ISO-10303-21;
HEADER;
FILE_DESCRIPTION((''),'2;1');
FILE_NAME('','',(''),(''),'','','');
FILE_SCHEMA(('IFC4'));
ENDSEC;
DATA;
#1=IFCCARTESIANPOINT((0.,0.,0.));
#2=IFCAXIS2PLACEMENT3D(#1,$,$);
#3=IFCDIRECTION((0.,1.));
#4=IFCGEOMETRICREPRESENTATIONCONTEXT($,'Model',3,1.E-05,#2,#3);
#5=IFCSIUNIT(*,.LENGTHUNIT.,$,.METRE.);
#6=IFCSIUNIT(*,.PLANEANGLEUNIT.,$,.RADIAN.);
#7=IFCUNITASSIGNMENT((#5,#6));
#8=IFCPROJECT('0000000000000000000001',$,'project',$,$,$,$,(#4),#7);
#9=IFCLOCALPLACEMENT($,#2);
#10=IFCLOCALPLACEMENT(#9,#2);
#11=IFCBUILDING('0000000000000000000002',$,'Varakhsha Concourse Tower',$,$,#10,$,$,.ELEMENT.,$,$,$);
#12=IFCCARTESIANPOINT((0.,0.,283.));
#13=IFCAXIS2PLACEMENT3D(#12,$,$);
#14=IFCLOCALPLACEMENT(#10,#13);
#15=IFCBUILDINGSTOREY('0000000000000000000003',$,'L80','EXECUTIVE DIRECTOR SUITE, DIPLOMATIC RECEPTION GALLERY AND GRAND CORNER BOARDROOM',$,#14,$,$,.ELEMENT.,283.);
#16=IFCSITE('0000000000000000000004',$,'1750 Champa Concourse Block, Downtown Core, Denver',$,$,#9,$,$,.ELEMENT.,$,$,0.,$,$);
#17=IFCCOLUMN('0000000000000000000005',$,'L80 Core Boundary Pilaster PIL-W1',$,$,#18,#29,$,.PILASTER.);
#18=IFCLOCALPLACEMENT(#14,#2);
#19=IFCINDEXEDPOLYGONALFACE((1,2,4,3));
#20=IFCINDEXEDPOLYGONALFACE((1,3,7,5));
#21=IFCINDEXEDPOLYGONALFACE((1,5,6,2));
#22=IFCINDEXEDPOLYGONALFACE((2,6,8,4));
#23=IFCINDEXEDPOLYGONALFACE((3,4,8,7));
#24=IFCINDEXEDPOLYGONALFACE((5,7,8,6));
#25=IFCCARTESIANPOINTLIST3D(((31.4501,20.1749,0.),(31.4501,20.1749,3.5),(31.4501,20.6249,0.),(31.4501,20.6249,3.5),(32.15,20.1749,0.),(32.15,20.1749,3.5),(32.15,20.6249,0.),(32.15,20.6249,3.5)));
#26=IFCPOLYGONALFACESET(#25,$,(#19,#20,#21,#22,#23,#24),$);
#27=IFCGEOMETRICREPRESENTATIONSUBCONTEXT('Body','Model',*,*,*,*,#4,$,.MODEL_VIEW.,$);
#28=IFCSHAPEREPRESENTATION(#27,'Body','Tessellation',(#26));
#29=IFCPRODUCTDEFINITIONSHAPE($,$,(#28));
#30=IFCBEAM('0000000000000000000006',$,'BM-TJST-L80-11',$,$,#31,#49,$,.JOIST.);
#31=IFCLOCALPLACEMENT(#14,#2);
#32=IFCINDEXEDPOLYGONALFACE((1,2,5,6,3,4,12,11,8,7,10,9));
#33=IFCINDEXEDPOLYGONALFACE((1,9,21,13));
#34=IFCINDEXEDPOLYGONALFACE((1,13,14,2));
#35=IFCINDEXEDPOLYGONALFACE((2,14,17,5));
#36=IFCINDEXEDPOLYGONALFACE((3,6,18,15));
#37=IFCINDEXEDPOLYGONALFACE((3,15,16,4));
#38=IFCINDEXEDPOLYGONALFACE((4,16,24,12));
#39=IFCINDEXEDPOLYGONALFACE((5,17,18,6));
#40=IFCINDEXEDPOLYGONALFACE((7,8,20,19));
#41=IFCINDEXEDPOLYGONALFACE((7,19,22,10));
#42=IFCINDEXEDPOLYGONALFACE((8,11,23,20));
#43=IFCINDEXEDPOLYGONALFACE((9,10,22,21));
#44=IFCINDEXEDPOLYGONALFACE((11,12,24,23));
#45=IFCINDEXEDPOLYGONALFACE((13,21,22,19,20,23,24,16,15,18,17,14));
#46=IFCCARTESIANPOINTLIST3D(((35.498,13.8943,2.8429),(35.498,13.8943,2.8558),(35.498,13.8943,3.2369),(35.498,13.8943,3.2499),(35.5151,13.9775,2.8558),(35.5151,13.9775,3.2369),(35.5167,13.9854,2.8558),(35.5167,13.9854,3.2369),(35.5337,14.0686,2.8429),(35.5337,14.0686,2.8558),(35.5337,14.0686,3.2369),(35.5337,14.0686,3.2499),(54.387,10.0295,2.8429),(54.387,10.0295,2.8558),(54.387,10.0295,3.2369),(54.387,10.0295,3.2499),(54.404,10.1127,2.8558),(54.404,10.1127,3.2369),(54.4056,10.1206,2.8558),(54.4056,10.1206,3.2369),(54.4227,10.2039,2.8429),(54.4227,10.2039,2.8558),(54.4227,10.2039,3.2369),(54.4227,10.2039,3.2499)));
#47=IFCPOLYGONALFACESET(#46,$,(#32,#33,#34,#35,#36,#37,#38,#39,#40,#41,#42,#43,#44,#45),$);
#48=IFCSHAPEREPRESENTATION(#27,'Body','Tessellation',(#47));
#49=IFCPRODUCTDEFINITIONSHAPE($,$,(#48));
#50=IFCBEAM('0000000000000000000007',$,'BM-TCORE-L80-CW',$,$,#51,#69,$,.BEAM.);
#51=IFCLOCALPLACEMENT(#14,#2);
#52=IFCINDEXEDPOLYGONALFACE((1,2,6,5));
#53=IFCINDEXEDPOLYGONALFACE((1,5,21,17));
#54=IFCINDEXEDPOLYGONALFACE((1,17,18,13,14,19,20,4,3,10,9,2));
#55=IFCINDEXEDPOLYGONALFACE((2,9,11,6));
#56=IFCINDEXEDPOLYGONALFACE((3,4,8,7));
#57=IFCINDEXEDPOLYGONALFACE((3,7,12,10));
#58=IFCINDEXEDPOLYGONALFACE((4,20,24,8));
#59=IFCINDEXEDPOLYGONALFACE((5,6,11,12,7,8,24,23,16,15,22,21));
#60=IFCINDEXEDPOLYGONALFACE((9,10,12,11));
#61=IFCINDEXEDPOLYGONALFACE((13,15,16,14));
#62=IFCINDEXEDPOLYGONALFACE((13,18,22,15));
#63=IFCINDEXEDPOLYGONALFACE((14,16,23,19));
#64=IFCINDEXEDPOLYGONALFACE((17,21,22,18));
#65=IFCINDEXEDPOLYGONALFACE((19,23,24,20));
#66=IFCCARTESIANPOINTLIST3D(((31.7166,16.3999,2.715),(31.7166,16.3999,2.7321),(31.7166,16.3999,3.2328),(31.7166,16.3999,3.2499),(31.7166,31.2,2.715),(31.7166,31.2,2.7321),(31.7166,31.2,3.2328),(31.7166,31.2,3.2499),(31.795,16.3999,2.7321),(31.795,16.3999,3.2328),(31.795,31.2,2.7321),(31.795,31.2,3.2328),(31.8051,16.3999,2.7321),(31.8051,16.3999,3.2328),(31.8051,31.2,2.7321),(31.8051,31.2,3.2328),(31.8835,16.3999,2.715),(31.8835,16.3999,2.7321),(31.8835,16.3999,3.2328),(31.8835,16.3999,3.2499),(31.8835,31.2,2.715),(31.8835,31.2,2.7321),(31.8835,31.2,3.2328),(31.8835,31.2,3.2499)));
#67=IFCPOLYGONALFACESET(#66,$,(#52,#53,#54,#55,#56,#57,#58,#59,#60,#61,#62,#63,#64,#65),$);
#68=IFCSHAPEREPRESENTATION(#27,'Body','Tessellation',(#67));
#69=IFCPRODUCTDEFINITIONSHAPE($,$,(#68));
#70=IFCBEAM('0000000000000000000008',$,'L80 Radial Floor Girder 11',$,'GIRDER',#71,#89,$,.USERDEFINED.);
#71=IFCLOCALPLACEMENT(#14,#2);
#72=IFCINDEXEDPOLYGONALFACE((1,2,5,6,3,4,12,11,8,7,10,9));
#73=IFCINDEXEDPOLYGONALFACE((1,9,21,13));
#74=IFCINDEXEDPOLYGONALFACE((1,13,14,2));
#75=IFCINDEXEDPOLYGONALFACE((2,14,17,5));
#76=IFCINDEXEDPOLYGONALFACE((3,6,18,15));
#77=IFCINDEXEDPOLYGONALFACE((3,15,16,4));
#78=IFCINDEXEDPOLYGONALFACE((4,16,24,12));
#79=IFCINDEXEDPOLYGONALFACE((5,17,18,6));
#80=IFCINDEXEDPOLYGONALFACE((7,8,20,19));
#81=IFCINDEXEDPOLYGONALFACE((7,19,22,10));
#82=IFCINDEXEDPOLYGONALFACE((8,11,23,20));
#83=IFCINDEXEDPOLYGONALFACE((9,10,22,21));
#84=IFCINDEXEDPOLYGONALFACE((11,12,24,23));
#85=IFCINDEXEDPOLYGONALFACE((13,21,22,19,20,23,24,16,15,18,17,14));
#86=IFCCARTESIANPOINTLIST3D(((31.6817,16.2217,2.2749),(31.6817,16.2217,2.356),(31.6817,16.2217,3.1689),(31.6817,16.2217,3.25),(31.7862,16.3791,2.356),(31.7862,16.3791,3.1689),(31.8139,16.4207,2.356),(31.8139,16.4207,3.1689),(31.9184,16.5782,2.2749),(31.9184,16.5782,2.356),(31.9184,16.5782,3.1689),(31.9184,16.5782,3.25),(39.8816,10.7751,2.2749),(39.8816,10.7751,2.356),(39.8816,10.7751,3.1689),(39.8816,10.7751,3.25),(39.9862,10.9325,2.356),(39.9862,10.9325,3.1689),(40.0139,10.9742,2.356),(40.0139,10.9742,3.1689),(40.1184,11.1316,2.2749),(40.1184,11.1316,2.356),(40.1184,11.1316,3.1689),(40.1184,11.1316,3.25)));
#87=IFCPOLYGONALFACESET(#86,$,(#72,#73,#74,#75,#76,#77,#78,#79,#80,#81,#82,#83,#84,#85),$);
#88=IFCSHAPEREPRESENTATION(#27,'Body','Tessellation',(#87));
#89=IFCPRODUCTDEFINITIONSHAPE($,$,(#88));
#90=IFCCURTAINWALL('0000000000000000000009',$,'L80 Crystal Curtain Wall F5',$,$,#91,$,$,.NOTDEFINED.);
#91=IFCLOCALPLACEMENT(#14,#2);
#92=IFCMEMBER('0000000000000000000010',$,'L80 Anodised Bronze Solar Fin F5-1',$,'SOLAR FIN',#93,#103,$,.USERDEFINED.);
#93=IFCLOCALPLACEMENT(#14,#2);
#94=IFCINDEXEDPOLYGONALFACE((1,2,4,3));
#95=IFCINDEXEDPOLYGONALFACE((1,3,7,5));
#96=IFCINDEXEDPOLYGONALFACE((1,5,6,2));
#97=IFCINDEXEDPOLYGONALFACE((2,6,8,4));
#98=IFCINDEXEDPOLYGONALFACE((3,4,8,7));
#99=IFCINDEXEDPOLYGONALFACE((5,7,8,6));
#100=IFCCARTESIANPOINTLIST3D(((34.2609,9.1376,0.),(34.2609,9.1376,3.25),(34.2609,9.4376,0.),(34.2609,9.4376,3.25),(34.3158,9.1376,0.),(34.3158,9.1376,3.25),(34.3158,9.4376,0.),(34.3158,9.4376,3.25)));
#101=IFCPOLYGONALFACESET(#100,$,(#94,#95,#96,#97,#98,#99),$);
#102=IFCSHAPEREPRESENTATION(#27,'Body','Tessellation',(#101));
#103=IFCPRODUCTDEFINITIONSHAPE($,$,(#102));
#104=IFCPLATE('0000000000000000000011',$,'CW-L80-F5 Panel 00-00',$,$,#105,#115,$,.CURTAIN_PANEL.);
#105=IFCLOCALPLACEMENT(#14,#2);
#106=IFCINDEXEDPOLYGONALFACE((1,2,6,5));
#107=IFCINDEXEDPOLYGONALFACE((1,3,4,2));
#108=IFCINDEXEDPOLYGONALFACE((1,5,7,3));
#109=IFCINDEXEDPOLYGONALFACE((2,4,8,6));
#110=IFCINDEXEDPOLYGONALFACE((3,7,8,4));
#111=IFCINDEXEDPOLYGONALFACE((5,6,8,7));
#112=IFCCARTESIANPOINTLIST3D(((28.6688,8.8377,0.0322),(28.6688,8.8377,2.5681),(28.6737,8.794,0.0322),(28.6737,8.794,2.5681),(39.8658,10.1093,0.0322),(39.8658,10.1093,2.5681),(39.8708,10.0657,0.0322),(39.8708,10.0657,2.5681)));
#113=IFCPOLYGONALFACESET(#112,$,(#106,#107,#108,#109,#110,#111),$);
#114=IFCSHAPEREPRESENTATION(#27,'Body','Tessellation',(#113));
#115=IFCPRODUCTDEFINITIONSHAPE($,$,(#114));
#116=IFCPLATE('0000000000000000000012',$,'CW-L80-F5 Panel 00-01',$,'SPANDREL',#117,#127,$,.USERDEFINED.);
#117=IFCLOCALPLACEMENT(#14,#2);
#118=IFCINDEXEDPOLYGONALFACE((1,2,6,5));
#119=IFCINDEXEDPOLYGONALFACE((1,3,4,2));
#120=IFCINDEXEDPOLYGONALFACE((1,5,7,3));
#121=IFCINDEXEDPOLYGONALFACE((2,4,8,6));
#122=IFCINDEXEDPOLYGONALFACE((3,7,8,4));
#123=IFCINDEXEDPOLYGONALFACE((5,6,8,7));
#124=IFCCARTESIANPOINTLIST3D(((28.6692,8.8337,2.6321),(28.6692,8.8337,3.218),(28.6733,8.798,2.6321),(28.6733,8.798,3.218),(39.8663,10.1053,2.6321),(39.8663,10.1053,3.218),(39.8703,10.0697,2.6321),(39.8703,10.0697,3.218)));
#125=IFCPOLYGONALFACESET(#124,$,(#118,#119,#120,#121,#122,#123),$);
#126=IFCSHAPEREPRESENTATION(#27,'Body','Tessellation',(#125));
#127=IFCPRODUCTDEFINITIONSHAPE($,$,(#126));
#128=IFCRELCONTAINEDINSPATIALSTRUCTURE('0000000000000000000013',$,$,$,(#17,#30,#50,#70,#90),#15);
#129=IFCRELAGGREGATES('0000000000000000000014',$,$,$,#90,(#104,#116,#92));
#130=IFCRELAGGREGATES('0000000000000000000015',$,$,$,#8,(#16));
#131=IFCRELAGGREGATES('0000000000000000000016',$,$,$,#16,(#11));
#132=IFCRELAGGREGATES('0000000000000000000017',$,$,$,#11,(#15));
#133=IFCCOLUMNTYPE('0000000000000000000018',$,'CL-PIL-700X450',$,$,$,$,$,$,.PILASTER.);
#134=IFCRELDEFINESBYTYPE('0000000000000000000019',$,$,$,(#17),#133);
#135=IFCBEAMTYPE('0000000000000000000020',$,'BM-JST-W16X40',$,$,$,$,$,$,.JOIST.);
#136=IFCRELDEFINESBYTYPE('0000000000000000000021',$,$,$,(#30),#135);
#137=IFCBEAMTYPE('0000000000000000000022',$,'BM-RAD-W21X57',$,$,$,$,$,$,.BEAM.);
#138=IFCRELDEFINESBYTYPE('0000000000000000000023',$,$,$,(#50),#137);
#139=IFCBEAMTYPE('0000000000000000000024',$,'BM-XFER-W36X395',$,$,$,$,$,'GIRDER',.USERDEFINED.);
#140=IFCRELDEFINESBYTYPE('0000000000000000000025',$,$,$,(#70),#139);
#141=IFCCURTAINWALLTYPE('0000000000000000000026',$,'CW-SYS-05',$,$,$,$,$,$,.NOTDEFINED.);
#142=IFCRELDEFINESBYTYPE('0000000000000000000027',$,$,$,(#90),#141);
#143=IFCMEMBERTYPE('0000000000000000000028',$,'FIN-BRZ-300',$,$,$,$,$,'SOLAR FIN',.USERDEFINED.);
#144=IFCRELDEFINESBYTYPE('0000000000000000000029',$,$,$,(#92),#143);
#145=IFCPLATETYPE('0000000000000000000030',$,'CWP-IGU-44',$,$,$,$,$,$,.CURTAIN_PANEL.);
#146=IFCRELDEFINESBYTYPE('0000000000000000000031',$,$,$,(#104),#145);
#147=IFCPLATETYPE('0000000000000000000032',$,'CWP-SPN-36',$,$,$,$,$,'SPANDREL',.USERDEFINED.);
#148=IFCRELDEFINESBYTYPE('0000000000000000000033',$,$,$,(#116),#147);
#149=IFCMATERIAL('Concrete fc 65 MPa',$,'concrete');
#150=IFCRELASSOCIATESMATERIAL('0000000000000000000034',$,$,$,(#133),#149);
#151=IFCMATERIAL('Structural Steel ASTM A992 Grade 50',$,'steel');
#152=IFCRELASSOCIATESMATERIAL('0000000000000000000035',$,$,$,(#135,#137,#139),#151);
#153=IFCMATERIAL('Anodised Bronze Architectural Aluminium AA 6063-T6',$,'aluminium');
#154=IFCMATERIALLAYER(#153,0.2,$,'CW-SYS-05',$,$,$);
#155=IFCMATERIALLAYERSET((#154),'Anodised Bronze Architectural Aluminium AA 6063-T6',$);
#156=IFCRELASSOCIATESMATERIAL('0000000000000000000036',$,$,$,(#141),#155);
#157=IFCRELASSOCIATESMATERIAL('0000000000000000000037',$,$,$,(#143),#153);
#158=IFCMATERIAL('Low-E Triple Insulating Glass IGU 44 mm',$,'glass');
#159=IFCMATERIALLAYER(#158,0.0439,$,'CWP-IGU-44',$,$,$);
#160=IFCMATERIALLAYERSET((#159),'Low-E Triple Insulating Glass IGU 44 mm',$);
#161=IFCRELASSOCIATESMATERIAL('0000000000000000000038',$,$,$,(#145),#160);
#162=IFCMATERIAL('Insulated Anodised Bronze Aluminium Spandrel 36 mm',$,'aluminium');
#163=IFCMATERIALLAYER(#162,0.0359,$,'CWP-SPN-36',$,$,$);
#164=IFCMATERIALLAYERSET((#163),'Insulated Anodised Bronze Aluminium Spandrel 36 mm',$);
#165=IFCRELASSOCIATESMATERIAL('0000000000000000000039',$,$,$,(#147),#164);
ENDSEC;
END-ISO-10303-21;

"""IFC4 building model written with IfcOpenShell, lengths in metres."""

from ifc_helpers import new_model, si_unit, direction, frame, origin, origin_2d, place, context, subcontext, project, spatial, rectangle, i_section, extrude, source, transform, mapped, material, layer, layer_set, material_profile, profile_set, type_object, type_shapes, element, aggregate, save


model = new_model("IFC4")

# Units and contexts
model_context = context("Model", 3, precision=1e-05, world=origin(), true_north=direction((0.0, 1.0)))
body_context = subcontext(model_context, "Body", "Model", "MODEL_VIEW")
ifc_project = project(units=[si_unit("LENGTHUNIT", "METRE"), si_unit("PLANEANGLEUNIT", "RADIAN")], contexts=[model_context])

# Site, building, storey
site_placement = place(None, origin())
site = spatial("IfcSite", under=ifc_project, at=site_placement, Name="1750 Champa Concourse Block, Downtown Core, Denver", CompositionType="ELEMENT", RefElevation=0.0)
building_placement = place(site_placement, origin())
building = spatial("IfcBuilding", under=site, at=building_placement, Name="Varakhsha Concourse Tower", CompositionType="ELEMENT")
storey_placement = place(building_placement, frame((0.0, 0.0, 283.0)))
storey = spatial("IfcBuildingStorey", under=building, at=storey_placement, Name="L80", Description="EXECUTIVE DIRECTOR SUITE, DIPLOMATIC RECEPTION GALLERY AND GRAND CORNER BOARDROOM", CompositionType="ELEMENT", Elevation=283.0)

# Column
ifc_material_1 = material(Name="Concrete fc 65 MPa", Category="concrete")
ifc_material_profile_1 = material_profile(ifc_material_1, rectangle(XDim=0.7, YDim=0.45, at=origin_2d()), Name="RC 700x450")
ifc_profile_set_1 = profile_set([ifc_material_profile_1], Name="Concrete fc 65 MPa")
column_type = type_object("IfcColumnType", Name="CL-PIL-700X450", PredefinedType="PILASTER", material=ifc_profile_set_1)
column_placement = place(storey_placement, frame((31.8, 20.3999, 0.0), z_axis=(0.0, 0.0, 1.0), x_axis=(1.0, 0.0, 0.0)))
element("IfcColumn", 1, at=column_placement, inside=storey, type_object=column_type, Name="L80 Core Boundary Pilaster PIL-W1", PredefinedType="PILASTER", context=body_context, shape_type="SweptSolid", body=[
    extrude(rectangle(XDim=0.7, YDim=0.45, at=origin_2d()), origin(), (0.0, 0.0, 1.0), 3.5),
])

# Beams
ifc_material_2 = material(Name="Structural Steel ASTM A992 Grade 50", Category="steel")
ifc_material_profile_2 = material_profile(ifc_material_2, i_section(OverallWidth=0.178, OverallDepth=0.407, WebThickness=0.0081, FlangeThickness=0.0129, at=origin_2d()), Name="W16X40")
ifc_profile_set_2 = profile_set([ifc_material_profile_2], Name="Structural Steel ASTM A992 Grade 50")
beam_type_1 = type_object("IfcBeamType", Name="BM-JST-W16X40", PredefinedType="JOIST", material=ifc_profile_set_2)
beam_1_placement = place(storey_placement, frame((35.5159, 13.9814, 3.0464), z_axis=(0.979704, -0.200451, 0.0), x_axis=(0.200451, 0.979704, 0.0)))
element("IfcBeam", 2, at=beam_1_placement, inside=storey, type_object=beam_type_1, Name="BM-TJST-L80-11", PredefinedType="JOIST", context=body_context, shape_type="SweptSolid", body=[
    extrude(i_section(OverallWidth=0.178, OverallDepth=0.407, WebThickness=0.0081, FlangeThickness=0.0129, at=origin_2d()), origin(), (0.0, 0.0, 1.0), 19.2803),
])
ifc_material_profile_3 = material_profile(ifc_material_2, i_section(OverallWidth=0.167, OverallDepth=0.5349, WebThickness=0.01, FlangeThickness=0.0171, at=origin_2d()), Name="W21X57")
ifc_profile_set_3 = profile_set([ifc_material_profile_3], Name="Structural Steel ASTM A992 Grade 50")
beam_type_2 = type_object("IfcBeamType", Name="BM-RAD-W21X57", PredefinedType="BEAM", material=ifc_profile_set_3)
beam_2_placement = place(storey_placement, frame((31.8, 16.3999, 2.9824), z_axis=(0.0, 1.0, 0.0), x_axis=(-1.0, 0.0, 0.0)))
element("IfcBeam", 3, at=beam_2_placement, inside=storey, type_object=beam_type_2, Name="BM-TCORE-L80-CW", PredefinedType="BEAM", context=body_context, shape_type="SweptSolid", body=[
    extrude(i_section(OverallWidth=0.167, OverallDepth=0.5349, WebThickness=0.01, FlangeThickness=0.0171, at=origin_2d()), origin(), (0.0, 0.0, 1.0), 14.8),
])
ifc_material_profile_4 = material_profile(ifc_material_2, i_section(OverallWidth=0.428, OverallDepth=0.9751, WebThickness=0.05, FlangeThickness=0.0811, at=origin_2d()), Name="W36X395")
ifc_profile_set_4 = profile_set([ifc_material_profile_4], Name="Structural Steel ASTM A992 Grade 50")
beam_type_3 = type_object("IfcBeamType", Name="BM-XFER-W36X395", ElementType="GIRDER", PredefinedType="USERDEFINED", material=ifc_profile_set_4)
beam_3_placement = place(storey_placement, frame((31.8, 16.3999, 2.7625), z_axis=(0.832992, -0.553286, 0.0), x_axis=(0.553286, 0.832992, 0.0)))
element("IfcBeam", 4, at=beam_3_placement, inside=storey, type_object=beam_type_3, Name="L80 Radial Floor Girder 11", ObjectType="GIRDER", PredefinedType="USERDEFINED", context=body_context, shape_type="SweptSolid", body=[
    extrude(i_section(OverallWidth=0.428, OverallDepth=0.9751, WebThickness=0.05, FlangeThickness=0.0811, at=origin_2d()), origin(), (0.0, 0.0, 1.0), 9.844),
])

# Curtain wall, member, plates
ifc_material_3 = material(Name="Anodised Bronze Architectural Aluminium AA 6063-T6", Category="aluminium")
ifc_layer_1 = layer(ifc_material_3, 0.2, Name="CW-SYS-05")
ifc_layer_set_1 = layer_set([ifc_layer_1], Name="Anodised Bronze Architectural Aluminium AA 6063-T6")
curtain_wall_type = type_object("IfcCurtainWallType", Name="CW-SYS-05", PredefinedType="NOTDEFINED", material=ifc_layer_set_1)
curtain_wall_placement = place(storey_placement, origin())
curtain_wall = element("IfcCurtainWall", 5, at=curtain_wall_placement, inside=storey, type_object=curtain_wall_type, Name="L80 Crystal Curtain Wall F5", PredefinedType="NOTDEFINED")
ifc_material_profile_5 = material_profile(ifc_material_3, rectangle(XDim=0.0549, YDim=0.3, at=origin_2d()), Name="FIN-BRZ-300")
ifc_profile_set_5 = profile_set([ifc_material_profile_5], Name="Anodised Bronze Architectural Aluminium AA 6063-T6")
member_type = type_object("IfcMemberType", Name="FIN-BRZ-300", ElementType="SOLAR FIN", PredefinedType="USERDEFINED", material=ifc_profile_set_5)
shared_shape_1 = source(origin(), body_context, "Body", "SweptSolid", [
    extrude(rectangle(XDim=0.0549, YDim=0.3, at=origin_2d()), origin(), (0.0, 0.0, 1.0), 3.25),
])
type_shapes(member_type, [shared_shape_1])
member_placement = place(storey_placement, frame((34.2883, 9.2876, 0.0), z_axis=(0.0, 0.0, 1.0), x_axis=(1.0, 0.0, 0.0)))
member = element("IfcMember", 6, at=member_placement, type_object=member_type, Name="L80 Anodised Bronze Solar Fin F5-1", ObjectType="SOLAR FIN", PredefinedType="USERDEFINED", context=body_context, shape_type="MappedRepresentation", body=[
    mapped(shared_shape_1, transform((0.0, 0.0, 0.0), scale=1.0)),
])
ifc_material_4 = material(Name="Low-E Triple Insulating Glass IGU 44 mm", Category="glass")
ifc_layer_2 = layer(ifc_material_4, 0.0439, Name="CWP-IGU-44")
ifc_layer_set_2 = layer_set([ifc_layer_2], Name="Low-E Triple Insulating Glass IGU 44 mm")
plate_type_1 = type_object("IfcPlateType", Name="CWP-IGU-44", PredefinedType="CURTAIN_PANEL", material=ifc_layer_set_2)
shared_shape_2 = source(origin(), body_context, "Body", "SweptSolid", [
    extrude(rectangle(XDim=11.269, YDim=0.0439, at=origin_2d()), origin(), (0.0, 0.0, 1.0), 2.5359),
])
type_shapes(plate_type_1, [shared_shape_2])
plate_1_placement = place(storey_placement, frame((34.2698, 9.4517, 0.0322), z_axis=(0.0, 0.0, 1.0), x_axis=(-0.993613, -0.112844, 0.0)))
plate_1 = element("IfcPlate", 7, at=plate_1_placement, type_object=plate_type_1, Name="CW-L80-F5 Panel 00-00", PredefinedType="CURTAIN_PANEL", context=body_context, shape_type="MappedRepresentation", body=[
    mapped(shared_shape_2, transform((0.0, 0.0, 0.0), scale=1.0)),
])
ifc_material_5 = material(Name="Insulated Anodised Bronze Aluminium Spandrel 36 mm", Category="aluminium")
ifc_layer_3 = layer(ifc_material_5, 0.0359, Name="CWP-SPN-36")
ifc_layer_set_3 = layer_set([ifc_layer_3], Name="Insulated Anodised Bronze Aluminium Spandrel 36 mm")
plate_type_2 = type_object("IfcPlateType", Name="CWP-SPN-36", ElementType="SPANDREL", PredefinedType="USERDEFINED", material=ifc_layer_set_3)
shared_shape_3 = source(origin(), body_context, "Body", "SweptSolid", [
    extrude(rectangle(XDim=11.269, YDim=0.0359, at=origin_2d()), origin(), (0.0, 0.0, 1.0), 0.5859),
])
type_shapes(plate_type_2, [shared_shape_3])
plate_2_placement = place(storey_placement, frame((34.2698, 9.4517, 2.6321), z_axis=(0.0, 0.0, 1.0), x_axis=(-0.993613, -0.112844, 0.0)))
plate_2 = element("IfcPlate", 8, at=plate_2_placement, type_object=plate_type_2, Name="CW-L80-F5 Panel 00-01", ObjectType="SPANDREL", PredefinedType="USERDEFINED", context=body_context, shape_type="MappedRepresentation", body=[
    mapped(shared_shape_3, transform((0.0, 0.0, 0.0), scale=1.0)),
])
aggregate(curtain_wall, [plate_1, plate_2, member])

save(model, "model.ifc")
